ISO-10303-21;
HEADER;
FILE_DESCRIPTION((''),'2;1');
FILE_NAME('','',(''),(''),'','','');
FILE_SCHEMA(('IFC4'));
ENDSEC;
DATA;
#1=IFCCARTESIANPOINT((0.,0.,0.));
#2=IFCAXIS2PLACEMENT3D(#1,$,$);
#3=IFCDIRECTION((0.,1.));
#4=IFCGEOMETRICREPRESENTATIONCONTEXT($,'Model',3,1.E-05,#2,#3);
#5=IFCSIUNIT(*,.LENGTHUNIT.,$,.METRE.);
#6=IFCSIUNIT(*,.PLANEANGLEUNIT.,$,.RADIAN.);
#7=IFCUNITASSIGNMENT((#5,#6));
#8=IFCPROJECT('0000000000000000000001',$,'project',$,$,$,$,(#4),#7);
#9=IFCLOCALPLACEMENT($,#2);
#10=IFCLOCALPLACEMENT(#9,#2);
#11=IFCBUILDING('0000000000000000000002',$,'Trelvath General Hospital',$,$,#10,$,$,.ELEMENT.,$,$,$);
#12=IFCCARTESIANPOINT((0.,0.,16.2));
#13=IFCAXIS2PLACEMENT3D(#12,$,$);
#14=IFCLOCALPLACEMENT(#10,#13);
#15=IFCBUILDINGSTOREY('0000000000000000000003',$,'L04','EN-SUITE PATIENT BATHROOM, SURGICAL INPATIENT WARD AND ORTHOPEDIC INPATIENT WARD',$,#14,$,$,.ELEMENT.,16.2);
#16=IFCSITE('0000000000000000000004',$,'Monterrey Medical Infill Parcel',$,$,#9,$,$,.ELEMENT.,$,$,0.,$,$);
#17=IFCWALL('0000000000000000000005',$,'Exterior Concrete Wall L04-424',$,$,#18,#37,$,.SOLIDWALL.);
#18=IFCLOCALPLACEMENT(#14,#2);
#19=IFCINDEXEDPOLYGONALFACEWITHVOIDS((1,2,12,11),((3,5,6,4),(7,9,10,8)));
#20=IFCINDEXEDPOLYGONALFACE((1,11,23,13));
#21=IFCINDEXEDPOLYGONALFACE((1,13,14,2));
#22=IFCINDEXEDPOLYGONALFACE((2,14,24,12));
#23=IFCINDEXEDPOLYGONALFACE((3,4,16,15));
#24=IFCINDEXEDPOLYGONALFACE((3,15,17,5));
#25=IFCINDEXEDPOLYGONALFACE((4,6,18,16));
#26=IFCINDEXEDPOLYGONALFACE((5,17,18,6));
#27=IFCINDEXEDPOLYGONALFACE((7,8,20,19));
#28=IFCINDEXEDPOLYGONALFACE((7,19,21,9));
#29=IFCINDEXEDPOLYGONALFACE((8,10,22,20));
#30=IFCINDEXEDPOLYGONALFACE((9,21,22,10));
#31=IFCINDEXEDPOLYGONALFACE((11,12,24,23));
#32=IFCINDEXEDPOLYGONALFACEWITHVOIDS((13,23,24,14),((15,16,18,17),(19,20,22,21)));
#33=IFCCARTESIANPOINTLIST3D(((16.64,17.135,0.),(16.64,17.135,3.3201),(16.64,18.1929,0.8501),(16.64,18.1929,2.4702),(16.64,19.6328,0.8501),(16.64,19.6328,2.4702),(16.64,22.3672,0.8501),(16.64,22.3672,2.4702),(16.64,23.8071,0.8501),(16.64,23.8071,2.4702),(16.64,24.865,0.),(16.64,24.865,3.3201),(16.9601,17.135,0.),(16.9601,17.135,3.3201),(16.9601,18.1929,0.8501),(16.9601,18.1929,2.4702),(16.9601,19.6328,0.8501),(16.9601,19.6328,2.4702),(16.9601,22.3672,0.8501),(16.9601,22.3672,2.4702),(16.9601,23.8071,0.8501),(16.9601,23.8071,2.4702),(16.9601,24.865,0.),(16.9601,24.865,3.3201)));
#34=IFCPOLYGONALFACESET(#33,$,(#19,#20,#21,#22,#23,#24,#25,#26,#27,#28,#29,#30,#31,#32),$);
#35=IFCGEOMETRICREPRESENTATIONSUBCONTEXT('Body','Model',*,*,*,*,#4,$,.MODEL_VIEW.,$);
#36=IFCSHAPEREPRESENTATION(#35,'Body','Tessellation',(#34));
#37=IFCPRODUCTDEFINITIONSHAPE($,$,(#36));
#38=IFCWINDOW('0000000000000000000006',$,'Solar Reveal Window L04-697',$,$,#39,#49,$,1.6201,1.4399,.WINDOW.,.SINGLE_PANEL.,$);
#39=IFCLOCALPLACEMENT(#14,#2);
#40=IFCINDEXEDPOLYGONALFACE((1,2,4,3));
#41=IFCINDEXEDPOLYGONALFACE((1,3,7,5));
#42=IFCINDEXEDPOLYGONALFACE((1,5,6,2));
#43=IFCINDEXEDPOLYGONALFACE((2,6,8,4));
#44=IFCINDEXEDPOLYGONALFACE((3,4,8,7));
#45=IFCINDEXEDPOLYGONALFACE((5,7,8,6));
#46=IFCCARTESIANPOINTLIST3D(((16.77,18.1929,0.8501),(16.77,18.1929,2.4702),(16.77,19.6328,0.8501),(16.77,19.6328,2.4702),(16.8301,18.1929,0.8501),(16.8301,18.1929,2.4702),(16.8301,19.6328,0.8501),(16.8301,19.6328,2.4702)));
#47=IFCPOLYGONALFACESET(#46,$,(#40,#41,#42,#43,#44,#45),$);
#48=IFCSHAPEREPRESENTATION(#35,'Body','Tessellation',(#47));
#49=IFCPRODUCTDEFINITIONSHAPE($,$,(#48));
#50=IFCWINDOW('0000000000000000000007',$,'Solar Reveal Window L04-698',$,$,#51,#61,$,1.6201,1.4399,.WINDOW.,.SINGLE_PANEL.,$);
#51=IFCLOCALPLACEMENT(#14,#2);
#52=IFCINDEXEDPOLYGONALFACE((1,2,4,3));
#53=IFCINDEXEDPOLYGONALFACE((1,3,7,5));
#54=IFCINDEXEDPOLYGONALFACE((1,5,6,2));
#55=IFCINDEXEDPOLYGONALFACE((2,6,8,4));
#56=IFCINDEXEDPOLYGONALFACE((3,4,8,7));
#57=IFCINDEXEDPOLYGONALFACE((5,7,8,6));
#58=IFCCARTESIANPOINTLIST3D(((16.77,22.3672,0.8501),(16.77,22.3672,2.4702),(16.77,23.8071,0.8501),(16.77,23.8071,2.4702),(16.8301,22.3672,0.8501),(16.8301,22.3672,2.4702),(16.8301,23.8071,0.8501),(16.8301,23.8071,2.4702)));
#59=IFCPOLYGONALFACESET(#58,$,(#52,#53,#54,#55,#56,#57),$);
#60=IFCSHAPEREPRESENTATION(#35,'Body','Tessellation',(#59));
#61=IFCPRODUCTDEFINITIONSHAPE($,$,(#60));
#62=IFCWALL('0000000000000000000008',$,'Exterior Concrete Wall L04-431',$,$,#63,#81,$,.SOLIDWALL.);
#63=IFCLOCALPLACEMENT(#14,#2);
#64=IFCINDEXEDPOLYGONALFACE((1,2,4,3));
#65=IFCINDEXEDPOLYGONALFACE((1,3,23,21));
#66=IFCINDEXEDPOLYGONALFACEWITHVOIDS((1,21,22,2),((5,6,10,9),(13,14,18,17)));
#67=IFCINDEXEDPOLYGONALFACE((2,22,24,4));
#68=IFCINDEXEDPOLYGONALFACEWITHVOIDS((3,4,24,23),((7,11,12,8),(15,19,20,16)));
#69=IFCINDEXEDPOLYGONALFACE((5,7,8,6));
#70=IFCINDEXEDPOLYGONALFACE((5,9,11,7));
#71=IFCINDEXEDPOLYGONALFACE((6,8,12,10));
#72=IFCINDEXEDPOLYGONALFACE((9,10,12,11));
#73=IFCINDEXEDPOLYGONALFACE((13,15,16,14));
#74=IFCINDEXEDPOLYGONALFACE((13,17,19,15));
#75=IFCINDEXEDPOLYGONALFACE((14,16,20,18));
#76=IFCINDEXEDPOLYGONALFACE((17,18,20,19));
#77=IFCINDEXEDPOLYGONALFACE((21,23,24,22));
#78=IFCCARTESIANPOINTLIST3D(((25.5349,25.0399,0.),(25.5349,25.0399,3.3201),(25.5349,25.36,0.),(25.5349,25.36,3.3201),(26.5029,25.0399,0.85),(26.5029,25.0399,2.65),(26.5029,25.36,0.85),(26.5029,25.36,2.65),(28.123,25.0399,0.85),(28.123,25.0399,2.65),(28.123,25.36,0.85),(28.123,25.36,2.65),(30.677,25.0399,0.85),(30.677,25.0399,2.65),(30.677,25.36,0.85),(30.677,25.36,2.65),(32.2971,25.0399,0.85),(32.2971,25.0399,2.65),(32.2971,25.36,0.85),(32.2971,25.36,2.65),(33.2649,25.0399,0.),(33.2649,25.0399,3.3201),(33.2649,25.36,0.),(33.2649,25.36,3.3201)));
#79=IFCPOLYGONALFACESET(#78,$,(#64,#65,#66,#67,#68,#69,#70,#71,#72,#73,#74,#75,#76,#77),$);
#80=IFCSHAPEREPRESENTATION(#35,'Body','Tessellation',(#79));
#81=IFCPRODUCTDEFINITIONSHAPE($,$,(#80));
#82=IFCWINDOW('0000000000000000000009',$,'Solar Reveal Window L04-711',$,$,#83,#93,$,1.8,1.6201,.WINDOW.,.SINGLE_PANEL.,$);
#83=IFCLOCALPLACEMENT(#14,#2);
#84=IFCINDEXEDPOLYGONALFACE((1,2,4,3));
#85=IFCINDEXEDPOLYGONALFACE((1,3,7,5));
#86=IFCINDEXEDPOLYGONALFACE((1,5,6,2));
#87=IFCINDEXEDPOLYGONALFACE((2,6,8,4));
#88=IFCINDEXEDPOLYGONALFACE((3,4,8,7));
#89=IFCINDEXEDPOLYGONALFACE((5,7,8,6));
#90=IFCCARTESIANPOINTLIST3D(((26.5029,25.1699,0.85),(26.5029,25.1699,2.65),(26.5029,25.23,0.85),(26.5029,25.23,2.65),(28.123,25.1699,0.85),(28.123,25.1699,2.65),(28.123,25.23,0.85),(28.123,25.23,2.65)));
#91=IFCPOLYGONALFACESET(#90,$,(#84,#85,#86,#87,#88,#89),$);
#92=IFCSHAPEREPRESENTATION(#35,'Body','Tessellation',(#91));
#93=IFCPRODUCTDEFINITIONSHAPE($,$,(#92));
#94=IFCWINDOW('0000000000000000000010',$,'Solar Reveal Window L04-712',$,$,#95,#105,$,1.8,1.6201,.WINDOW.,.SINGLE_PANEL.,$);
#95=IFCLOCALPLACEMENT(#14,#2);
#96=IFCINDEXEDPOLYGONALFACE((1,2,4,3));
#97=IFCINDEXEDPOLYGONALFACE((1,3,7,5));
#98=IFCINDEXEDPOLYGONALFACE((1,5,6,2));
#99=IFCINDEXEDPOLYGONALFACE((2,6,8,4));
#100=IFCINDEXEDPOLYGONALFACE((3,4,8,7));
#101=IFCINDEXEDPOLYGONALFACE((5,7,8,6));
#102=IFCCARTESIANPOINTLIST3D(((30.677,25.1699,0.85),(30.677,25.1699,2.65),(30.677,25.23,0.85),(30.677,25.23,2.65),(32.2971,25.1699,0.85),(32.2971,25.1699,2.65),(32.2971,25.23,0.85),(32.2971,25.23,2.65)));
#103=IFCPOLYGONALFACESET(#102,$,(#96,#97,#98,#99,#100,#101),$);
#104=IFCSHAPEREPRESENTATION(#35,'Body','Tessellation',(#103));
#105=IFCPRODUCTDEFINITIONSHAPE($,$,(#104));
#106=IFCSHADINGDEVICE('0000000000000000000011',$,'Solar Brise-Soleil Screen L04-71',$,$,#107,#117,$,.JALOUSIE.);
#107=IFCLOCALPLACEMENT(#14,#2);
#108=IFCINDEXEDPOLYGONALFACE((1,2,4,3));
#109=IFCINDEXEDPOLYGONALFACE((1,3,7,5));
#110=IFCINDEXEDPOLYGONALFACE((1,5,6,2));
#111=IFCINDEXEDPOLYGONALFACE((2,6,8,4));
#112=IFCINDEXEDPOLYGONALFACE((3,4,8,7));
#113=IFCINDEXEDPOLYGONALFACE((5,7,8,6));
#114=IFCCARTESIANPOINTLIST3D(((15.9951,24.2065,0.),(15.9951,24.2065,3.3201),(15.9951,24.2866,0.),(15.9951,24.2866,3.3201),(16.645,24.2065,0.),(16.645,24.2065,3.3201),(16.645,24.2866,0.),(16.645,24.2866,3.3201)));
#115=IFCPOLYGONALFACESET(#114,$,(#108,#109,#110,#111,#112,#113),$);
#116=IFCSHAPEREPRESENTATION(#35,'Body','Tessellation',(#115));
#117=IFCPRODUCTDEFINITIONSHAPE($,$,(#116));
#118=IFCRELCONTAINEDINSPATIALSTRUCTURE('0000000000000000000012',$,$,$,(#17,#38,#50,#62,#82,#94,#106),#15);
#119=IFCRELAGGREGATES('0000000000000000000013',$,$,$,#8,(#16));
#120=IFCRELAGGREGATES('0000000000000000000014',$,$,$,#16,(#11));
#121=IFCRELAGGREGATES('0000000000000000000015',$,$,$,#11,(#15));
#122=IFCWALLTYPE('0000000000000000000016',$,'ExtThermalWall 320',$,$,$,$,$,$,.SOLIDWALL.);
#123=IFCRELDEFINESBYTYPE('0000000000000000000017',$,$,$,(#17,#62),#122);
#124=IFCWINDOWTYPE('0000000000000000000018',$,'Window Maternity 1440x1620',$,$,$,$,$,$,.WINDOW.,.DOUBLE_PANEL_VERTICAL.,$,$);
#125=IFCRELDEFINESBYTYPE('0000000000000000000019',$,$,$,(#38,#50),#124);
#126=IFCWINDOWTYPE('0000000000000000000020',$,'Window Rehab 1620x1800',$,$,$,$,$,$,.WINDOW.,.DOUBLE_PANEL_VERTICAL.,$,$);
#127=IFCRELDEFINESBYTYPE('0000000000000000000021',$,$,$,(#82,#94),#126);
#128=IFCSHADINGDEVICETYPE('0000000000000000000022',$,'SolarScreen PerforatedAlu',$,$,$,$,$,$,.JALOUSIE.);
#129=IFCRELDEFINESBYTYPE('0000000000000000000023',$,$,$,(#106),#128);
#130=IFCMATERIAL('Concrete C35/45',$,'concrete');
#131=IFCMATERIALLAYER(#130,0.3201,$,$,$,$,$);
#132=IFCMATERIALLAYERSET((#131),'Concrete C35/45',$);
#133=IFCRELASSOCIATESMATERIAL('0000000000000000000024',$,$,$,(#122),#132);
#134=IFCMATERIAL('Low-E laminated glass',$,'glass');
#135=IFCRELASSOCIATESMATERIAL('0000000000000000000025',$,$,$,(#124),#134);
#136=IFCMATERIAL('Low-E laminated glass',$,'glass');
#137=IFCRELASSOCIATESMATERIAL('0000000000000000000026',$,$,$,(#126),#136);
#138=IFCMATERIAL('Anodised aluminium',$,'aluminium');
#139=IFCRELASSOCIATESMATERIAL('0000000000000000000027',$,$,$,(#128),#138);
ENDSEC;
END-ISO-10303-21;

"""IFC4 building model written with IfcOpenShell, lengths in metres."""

from ifc_helpers import new_model, si_unit, direction, frame, frame_2d, origin, origin_2d, place, context, subcontext, project, spatial, rectangle, extrude, material, layer, layer_set, type_object, element, fill, save


model = new_model("IFC4")

# Units and contexts
model_context = context("Model", 3, precision=1e-05, world=origin(), true_north=direction((0.0, 1.0)))
body_context = subcontext(model_context, "Body", "Model", "MODEL_VIEW")
ifc_project = project(units=[si_unit("LENGTHUNIT", "METRE"), si_unit("PLANEANGLEUNIT", "RADIAN")], contexts=[model_context])

# Site, building, storey
site_placement = place(None, origin())
site = spatial("IfcSite", under=ifc_project, at=site_placement, Name="Monterrey Medical Infill Parcel", CompositionType="ELEMENT", RefElevation=0.0)
building_placement = place(site_placement, origin())
building = spatial("IfcBuilding", under=site, at=building_placement, Name="Trelvath General Hospital", CompositionType="ELEMENT")
storey_placement = place(building_placement, frame((0.0, 0.0, 16.2)))
storey = spatial("IfcBuildingStorey", under=building, at=storey_placement, Name="L04", Description="EN-SUITE PATIENT BATHROOM, SURGICAL INPATIENT WARD AND ORTHOPEDIC INPATIENT WARD", CompositionType="ELEMENT", Elevation=16.2)

# Walls, openings, windows
ifc_material_1 = material(Name="Concrete C35/45", Category="concrete")
ifc_layer_1 = layer(ifc_material_1, 0.3201)
ifc_layer_set_1 = layer_set([ifc_layer_1], Name="Concrete C35/45")
wall_type_1 = type_object("IfcWallType", Name="ExtThermalWall 320", PredefinedType="SOLIDWALL", material=ifc_layer_set_1)
wall_1_placement = place(storey_placement, frame((16.8, 17.135, 0.0), z_axis=(0.0, 0.0, 1.0), x_axis=(0.0, 1.0, 0.0)))
wall_1 = element("IfcWall", 1, at=wall_1_placement, inside=storey, type_object=wall_type_1, Name="Exterior Concrete Wall L04-424", PredefinedType="SOLIDWALL", context=body_context, shape_type="SweptSolid", body=[
    extrude(rectangle(XDim=7.73, YDim=0.3201, at=frame_2d((3.865, 0.0))), origin(), (0.0, 0.0, 1.0), 3.3201),
])
opening_1_placement = place(wall_1_placement, frame((1.0579, 0.0, 0.8501)))
opening_1 = element("IfcOpeningElement", 2, at=opening_1_placement, cuts=wall_1, PredefinedType="OPENING", context=body_context, shape_type="SweptSolid", body=[
    extrude(rectangle(XDim=1.4399, YDim=1.6201, at=frame_2d((0.72, 0.8101))), frame((0.0, 0.1699, 0.0), z_axis=(0.0, -1.0, 0.0), x_axis=(1.0, 0.0, 0.0)), (0.0, 0.0, 1.0), 0.3401),
])
opening_2_placement = place(wall_1_placement, frame((5.2322, 0.0, 0.8501)))
opening_2 = element("IfcOpeningElement", 3, at=opening_2_placement, cuts=wall_1, PredefinedType="OPENING", context=body_context, shape_type="SweptSolid", body=[
    extrude(rectangle(XDim=1.4399, YDim=1.6201, at=frame_2d((0.72, 0.8101))), frame((0.0, 0.1699, 0.0), z_axis=(0.0, -1.0, 0.0), x_axis=(1.0, 0.0, 0.0)), (0.0, 0.0, 1.0), 0.3401),
])
ifc_material_2 = material(Name="Low-E laminated glass", Category="glass")
window_type_1 = type_object("IfcWindowType", Name="Window Maternity 1440x1620", PartitioningType="DOUBLE_PANEL_VERTICAL", PredefinedType="WINDOW", material=ifc_material_2)
window_1_placement = place(opening_1_placement, origin())
window_1 = element("IfcWindow", 4, at=window_1_placement, inside=storey, type_object=window_type_1, Name="Solar Reveal Window L04-697", OverallHeight=1.6201, OverallWidth=1.4399, PartitioningType="SINGLE_PANEL", PredefinedType="WINDOW", context=body_context, shape_type="SweptSolid", body=[
    extrude(rectangle(XDim=1.4399, YDim=1.6201, at=frame_2d((0.72, 0.8101))), frame((0.0, 0.03, 0.0), z_axis=(0.0, -1.0, 0.0), x_axis=(1.0, 0.0, 0.0)), (0.0, 0.0, 1.0), 0.0601),
])
fill(opening_1, window_1)
window_2_placement = place(opening_2_placement, origin())
window_2 = element("IfcWindow", 5, at=window_2_placement, inside=storey, type_object=window_type_1, Name="Solar Reveal Window L04-698", OverallHeight=1.6201, OverallWidth=1.4399, PartitioningType="SINGLE_PANEL", PredefinedType="WINDOW", context=body_context, shape_type="SweptSolid", body=[
    extrude(rectangle(XDim=1.4399, YDim=1.6201, at=frame_2d((0.72, 0.8101))), frame((0.0, 0.03, 0.0), z_axis=(0.0, -1.0, 0.0), x_axis=(1.0, 0.0, 0.0)), (0.0, 0.0, 1.0), 0.0601),
])
fill(opening_2, window_2)
wall_2_placement = place(storey_placement, frame((25.5349, 25.2, 0.0), z_axis=(0.0, 0.0, 1.0), x_axis=(1.0, 0.0, 0.0)))
wall_2 = element("IfcWall", 6, at=wall_2_placement, inside=storey, type_object=wall_type_1, Name="Exterior Concrete Wall L04-431", PredefinedType="SOLIDWALL", context=body_context, shape_type="SweptSolid", body=[
    extrude(rectangle(XDim=7.73, YDim=0.3201, at=frame_2d((3.865, 0.0))), origin(), (0.0, 0.0, 1.0), 3.3201),
])
opening_3_placement = place(wall_2_placement, frame((0.968, 0.0, 0.8501)))
opening_3 = element("IfcOpeningElement", 7, at=opening_3_placement, cuts=wall_2, PredefinedType="OPENING", context=body_context, shape_type="SweptSolid", body=[
    extrude(rectangle(XDim=1.6201, YDim=1.8, at=frame_2d((0.8101, 0.8999))), frame((0.0, 0.1699, 0.0), z_axis=(0.0, -1.0, 0.0), x_axis=(1.0, 0.0, 0.0)), (0.0, 0.0, 1.0), 0.3401),
])
opening_4_placement = place(wall_2_placement, frame((5.1421, 0.0, 0.8501)))
opening_4 = element("IfcOpeningElement", 8, at=opening_4_placement, cuts=wall_2, PredefinedType="OPENING", context=body_context, shape_type="SweptSolid", body=[
    extrude(rectangle(XDim=1.6201, YDim=1.8, at=frame_2d((0.8101, 0.8999))), frame((0.0, 0.1699, 0.0), z_axis=(0.0, -1.0, 0.0), x_axis=(1.0, 0.0, 0.0)), (0.0, 0.0, 1.0), 0.3401),
])
ifc_material_3 = material(Name="Low-E laminated glass", Category="glass")
window_type_2 = type_object("IfcWindowType", Name="Window Rehab 1620x1800", PartitioningType="DOUBLE_PANEL_VERTICAL", PredefinedType="WINDOW", material=ifc_material_3)
window_3_placement = place(opening_3_placement, origin())
window_3 = element("IfcWindow", 9, at=window_3_placement, inside=storey, type_object=window_type_2, Name="Solar Reveal Window L04-711", OverallHeight=1.8, OverallWidth=1.6201, PartitioningType="SINGLE_PANEL", PredefinedType="WINDOW", context=body_context, shape_type="SweptSolid", body=[
    extrude(rectangle(XDim=1.6201, YDim=1.8, at=frame_2d((0.8101, 0.8999))), frame((0.0, 0.03, 0.0), z_axis=(0.0, -1.0, 0.0), x_axis=(1.0, 0.0, 0.0)), (0.0, 0.0, 1.0), 0.0601),
])
fill(opening_3, window_3)
window_4_placement = place(opening_4_placement, origin())
window_4 = element("IfcWindow", 10, at=window_4_placement, inside=storey, type_object=window_type_2, Name="Solar Reveal Window L04-712", OverallHeight=1.8, OverallWidth=1.6201, PartitioningType="SINGLE_PANEL", PredefinedType="WINDOW", context=body_context, shape_type="SweptSolid", body=[
    extrude(rectangle(XDim=1.6201, YDim=1.8, at=frame_2d((0.8101, 0.8999))), frame((0.0, 0.03, 0.0), z_axis=(0.0, -1.0, 0.0), x_axis=(1.0, 0.0, 0.0)), (0.0, 0.0, 1.0), 0.0601),
])
fill(opening_4, window_4)

# Shading device
ifc_material_4 = material(Name="Anodised aluminium", Category="aluminium")
shading_device_type = type_object("IfcShadingDeviceType", Name="SolarScreen PerforatedAlu", PredefinedType="JALOUSIE", material=ifc_material_4)
shading_device_placement = place(storey_placement, frame((16.3201, 24.2466, 0.0), z_axis=(0.0, 0.0, 1.0), x_axis=(-1.0, 0.0, 0.0)))
element("IfcShadingDevice", 11, at=shading_device_placement, inside=storey, type_object=shading_device_type, Name="Solar Brise-Soleil Screen L04-71", PredefinedType="JALOUSIE", context=body_context, shape_type="SweptSolid", body=[
    extrude(rectangle(XDim=0.6499, YDim=0.0801, at=origin_2d()), origin(), (0.0, 0.0, 1.0), 3.3201),
])

save(model, "model.ifc")
